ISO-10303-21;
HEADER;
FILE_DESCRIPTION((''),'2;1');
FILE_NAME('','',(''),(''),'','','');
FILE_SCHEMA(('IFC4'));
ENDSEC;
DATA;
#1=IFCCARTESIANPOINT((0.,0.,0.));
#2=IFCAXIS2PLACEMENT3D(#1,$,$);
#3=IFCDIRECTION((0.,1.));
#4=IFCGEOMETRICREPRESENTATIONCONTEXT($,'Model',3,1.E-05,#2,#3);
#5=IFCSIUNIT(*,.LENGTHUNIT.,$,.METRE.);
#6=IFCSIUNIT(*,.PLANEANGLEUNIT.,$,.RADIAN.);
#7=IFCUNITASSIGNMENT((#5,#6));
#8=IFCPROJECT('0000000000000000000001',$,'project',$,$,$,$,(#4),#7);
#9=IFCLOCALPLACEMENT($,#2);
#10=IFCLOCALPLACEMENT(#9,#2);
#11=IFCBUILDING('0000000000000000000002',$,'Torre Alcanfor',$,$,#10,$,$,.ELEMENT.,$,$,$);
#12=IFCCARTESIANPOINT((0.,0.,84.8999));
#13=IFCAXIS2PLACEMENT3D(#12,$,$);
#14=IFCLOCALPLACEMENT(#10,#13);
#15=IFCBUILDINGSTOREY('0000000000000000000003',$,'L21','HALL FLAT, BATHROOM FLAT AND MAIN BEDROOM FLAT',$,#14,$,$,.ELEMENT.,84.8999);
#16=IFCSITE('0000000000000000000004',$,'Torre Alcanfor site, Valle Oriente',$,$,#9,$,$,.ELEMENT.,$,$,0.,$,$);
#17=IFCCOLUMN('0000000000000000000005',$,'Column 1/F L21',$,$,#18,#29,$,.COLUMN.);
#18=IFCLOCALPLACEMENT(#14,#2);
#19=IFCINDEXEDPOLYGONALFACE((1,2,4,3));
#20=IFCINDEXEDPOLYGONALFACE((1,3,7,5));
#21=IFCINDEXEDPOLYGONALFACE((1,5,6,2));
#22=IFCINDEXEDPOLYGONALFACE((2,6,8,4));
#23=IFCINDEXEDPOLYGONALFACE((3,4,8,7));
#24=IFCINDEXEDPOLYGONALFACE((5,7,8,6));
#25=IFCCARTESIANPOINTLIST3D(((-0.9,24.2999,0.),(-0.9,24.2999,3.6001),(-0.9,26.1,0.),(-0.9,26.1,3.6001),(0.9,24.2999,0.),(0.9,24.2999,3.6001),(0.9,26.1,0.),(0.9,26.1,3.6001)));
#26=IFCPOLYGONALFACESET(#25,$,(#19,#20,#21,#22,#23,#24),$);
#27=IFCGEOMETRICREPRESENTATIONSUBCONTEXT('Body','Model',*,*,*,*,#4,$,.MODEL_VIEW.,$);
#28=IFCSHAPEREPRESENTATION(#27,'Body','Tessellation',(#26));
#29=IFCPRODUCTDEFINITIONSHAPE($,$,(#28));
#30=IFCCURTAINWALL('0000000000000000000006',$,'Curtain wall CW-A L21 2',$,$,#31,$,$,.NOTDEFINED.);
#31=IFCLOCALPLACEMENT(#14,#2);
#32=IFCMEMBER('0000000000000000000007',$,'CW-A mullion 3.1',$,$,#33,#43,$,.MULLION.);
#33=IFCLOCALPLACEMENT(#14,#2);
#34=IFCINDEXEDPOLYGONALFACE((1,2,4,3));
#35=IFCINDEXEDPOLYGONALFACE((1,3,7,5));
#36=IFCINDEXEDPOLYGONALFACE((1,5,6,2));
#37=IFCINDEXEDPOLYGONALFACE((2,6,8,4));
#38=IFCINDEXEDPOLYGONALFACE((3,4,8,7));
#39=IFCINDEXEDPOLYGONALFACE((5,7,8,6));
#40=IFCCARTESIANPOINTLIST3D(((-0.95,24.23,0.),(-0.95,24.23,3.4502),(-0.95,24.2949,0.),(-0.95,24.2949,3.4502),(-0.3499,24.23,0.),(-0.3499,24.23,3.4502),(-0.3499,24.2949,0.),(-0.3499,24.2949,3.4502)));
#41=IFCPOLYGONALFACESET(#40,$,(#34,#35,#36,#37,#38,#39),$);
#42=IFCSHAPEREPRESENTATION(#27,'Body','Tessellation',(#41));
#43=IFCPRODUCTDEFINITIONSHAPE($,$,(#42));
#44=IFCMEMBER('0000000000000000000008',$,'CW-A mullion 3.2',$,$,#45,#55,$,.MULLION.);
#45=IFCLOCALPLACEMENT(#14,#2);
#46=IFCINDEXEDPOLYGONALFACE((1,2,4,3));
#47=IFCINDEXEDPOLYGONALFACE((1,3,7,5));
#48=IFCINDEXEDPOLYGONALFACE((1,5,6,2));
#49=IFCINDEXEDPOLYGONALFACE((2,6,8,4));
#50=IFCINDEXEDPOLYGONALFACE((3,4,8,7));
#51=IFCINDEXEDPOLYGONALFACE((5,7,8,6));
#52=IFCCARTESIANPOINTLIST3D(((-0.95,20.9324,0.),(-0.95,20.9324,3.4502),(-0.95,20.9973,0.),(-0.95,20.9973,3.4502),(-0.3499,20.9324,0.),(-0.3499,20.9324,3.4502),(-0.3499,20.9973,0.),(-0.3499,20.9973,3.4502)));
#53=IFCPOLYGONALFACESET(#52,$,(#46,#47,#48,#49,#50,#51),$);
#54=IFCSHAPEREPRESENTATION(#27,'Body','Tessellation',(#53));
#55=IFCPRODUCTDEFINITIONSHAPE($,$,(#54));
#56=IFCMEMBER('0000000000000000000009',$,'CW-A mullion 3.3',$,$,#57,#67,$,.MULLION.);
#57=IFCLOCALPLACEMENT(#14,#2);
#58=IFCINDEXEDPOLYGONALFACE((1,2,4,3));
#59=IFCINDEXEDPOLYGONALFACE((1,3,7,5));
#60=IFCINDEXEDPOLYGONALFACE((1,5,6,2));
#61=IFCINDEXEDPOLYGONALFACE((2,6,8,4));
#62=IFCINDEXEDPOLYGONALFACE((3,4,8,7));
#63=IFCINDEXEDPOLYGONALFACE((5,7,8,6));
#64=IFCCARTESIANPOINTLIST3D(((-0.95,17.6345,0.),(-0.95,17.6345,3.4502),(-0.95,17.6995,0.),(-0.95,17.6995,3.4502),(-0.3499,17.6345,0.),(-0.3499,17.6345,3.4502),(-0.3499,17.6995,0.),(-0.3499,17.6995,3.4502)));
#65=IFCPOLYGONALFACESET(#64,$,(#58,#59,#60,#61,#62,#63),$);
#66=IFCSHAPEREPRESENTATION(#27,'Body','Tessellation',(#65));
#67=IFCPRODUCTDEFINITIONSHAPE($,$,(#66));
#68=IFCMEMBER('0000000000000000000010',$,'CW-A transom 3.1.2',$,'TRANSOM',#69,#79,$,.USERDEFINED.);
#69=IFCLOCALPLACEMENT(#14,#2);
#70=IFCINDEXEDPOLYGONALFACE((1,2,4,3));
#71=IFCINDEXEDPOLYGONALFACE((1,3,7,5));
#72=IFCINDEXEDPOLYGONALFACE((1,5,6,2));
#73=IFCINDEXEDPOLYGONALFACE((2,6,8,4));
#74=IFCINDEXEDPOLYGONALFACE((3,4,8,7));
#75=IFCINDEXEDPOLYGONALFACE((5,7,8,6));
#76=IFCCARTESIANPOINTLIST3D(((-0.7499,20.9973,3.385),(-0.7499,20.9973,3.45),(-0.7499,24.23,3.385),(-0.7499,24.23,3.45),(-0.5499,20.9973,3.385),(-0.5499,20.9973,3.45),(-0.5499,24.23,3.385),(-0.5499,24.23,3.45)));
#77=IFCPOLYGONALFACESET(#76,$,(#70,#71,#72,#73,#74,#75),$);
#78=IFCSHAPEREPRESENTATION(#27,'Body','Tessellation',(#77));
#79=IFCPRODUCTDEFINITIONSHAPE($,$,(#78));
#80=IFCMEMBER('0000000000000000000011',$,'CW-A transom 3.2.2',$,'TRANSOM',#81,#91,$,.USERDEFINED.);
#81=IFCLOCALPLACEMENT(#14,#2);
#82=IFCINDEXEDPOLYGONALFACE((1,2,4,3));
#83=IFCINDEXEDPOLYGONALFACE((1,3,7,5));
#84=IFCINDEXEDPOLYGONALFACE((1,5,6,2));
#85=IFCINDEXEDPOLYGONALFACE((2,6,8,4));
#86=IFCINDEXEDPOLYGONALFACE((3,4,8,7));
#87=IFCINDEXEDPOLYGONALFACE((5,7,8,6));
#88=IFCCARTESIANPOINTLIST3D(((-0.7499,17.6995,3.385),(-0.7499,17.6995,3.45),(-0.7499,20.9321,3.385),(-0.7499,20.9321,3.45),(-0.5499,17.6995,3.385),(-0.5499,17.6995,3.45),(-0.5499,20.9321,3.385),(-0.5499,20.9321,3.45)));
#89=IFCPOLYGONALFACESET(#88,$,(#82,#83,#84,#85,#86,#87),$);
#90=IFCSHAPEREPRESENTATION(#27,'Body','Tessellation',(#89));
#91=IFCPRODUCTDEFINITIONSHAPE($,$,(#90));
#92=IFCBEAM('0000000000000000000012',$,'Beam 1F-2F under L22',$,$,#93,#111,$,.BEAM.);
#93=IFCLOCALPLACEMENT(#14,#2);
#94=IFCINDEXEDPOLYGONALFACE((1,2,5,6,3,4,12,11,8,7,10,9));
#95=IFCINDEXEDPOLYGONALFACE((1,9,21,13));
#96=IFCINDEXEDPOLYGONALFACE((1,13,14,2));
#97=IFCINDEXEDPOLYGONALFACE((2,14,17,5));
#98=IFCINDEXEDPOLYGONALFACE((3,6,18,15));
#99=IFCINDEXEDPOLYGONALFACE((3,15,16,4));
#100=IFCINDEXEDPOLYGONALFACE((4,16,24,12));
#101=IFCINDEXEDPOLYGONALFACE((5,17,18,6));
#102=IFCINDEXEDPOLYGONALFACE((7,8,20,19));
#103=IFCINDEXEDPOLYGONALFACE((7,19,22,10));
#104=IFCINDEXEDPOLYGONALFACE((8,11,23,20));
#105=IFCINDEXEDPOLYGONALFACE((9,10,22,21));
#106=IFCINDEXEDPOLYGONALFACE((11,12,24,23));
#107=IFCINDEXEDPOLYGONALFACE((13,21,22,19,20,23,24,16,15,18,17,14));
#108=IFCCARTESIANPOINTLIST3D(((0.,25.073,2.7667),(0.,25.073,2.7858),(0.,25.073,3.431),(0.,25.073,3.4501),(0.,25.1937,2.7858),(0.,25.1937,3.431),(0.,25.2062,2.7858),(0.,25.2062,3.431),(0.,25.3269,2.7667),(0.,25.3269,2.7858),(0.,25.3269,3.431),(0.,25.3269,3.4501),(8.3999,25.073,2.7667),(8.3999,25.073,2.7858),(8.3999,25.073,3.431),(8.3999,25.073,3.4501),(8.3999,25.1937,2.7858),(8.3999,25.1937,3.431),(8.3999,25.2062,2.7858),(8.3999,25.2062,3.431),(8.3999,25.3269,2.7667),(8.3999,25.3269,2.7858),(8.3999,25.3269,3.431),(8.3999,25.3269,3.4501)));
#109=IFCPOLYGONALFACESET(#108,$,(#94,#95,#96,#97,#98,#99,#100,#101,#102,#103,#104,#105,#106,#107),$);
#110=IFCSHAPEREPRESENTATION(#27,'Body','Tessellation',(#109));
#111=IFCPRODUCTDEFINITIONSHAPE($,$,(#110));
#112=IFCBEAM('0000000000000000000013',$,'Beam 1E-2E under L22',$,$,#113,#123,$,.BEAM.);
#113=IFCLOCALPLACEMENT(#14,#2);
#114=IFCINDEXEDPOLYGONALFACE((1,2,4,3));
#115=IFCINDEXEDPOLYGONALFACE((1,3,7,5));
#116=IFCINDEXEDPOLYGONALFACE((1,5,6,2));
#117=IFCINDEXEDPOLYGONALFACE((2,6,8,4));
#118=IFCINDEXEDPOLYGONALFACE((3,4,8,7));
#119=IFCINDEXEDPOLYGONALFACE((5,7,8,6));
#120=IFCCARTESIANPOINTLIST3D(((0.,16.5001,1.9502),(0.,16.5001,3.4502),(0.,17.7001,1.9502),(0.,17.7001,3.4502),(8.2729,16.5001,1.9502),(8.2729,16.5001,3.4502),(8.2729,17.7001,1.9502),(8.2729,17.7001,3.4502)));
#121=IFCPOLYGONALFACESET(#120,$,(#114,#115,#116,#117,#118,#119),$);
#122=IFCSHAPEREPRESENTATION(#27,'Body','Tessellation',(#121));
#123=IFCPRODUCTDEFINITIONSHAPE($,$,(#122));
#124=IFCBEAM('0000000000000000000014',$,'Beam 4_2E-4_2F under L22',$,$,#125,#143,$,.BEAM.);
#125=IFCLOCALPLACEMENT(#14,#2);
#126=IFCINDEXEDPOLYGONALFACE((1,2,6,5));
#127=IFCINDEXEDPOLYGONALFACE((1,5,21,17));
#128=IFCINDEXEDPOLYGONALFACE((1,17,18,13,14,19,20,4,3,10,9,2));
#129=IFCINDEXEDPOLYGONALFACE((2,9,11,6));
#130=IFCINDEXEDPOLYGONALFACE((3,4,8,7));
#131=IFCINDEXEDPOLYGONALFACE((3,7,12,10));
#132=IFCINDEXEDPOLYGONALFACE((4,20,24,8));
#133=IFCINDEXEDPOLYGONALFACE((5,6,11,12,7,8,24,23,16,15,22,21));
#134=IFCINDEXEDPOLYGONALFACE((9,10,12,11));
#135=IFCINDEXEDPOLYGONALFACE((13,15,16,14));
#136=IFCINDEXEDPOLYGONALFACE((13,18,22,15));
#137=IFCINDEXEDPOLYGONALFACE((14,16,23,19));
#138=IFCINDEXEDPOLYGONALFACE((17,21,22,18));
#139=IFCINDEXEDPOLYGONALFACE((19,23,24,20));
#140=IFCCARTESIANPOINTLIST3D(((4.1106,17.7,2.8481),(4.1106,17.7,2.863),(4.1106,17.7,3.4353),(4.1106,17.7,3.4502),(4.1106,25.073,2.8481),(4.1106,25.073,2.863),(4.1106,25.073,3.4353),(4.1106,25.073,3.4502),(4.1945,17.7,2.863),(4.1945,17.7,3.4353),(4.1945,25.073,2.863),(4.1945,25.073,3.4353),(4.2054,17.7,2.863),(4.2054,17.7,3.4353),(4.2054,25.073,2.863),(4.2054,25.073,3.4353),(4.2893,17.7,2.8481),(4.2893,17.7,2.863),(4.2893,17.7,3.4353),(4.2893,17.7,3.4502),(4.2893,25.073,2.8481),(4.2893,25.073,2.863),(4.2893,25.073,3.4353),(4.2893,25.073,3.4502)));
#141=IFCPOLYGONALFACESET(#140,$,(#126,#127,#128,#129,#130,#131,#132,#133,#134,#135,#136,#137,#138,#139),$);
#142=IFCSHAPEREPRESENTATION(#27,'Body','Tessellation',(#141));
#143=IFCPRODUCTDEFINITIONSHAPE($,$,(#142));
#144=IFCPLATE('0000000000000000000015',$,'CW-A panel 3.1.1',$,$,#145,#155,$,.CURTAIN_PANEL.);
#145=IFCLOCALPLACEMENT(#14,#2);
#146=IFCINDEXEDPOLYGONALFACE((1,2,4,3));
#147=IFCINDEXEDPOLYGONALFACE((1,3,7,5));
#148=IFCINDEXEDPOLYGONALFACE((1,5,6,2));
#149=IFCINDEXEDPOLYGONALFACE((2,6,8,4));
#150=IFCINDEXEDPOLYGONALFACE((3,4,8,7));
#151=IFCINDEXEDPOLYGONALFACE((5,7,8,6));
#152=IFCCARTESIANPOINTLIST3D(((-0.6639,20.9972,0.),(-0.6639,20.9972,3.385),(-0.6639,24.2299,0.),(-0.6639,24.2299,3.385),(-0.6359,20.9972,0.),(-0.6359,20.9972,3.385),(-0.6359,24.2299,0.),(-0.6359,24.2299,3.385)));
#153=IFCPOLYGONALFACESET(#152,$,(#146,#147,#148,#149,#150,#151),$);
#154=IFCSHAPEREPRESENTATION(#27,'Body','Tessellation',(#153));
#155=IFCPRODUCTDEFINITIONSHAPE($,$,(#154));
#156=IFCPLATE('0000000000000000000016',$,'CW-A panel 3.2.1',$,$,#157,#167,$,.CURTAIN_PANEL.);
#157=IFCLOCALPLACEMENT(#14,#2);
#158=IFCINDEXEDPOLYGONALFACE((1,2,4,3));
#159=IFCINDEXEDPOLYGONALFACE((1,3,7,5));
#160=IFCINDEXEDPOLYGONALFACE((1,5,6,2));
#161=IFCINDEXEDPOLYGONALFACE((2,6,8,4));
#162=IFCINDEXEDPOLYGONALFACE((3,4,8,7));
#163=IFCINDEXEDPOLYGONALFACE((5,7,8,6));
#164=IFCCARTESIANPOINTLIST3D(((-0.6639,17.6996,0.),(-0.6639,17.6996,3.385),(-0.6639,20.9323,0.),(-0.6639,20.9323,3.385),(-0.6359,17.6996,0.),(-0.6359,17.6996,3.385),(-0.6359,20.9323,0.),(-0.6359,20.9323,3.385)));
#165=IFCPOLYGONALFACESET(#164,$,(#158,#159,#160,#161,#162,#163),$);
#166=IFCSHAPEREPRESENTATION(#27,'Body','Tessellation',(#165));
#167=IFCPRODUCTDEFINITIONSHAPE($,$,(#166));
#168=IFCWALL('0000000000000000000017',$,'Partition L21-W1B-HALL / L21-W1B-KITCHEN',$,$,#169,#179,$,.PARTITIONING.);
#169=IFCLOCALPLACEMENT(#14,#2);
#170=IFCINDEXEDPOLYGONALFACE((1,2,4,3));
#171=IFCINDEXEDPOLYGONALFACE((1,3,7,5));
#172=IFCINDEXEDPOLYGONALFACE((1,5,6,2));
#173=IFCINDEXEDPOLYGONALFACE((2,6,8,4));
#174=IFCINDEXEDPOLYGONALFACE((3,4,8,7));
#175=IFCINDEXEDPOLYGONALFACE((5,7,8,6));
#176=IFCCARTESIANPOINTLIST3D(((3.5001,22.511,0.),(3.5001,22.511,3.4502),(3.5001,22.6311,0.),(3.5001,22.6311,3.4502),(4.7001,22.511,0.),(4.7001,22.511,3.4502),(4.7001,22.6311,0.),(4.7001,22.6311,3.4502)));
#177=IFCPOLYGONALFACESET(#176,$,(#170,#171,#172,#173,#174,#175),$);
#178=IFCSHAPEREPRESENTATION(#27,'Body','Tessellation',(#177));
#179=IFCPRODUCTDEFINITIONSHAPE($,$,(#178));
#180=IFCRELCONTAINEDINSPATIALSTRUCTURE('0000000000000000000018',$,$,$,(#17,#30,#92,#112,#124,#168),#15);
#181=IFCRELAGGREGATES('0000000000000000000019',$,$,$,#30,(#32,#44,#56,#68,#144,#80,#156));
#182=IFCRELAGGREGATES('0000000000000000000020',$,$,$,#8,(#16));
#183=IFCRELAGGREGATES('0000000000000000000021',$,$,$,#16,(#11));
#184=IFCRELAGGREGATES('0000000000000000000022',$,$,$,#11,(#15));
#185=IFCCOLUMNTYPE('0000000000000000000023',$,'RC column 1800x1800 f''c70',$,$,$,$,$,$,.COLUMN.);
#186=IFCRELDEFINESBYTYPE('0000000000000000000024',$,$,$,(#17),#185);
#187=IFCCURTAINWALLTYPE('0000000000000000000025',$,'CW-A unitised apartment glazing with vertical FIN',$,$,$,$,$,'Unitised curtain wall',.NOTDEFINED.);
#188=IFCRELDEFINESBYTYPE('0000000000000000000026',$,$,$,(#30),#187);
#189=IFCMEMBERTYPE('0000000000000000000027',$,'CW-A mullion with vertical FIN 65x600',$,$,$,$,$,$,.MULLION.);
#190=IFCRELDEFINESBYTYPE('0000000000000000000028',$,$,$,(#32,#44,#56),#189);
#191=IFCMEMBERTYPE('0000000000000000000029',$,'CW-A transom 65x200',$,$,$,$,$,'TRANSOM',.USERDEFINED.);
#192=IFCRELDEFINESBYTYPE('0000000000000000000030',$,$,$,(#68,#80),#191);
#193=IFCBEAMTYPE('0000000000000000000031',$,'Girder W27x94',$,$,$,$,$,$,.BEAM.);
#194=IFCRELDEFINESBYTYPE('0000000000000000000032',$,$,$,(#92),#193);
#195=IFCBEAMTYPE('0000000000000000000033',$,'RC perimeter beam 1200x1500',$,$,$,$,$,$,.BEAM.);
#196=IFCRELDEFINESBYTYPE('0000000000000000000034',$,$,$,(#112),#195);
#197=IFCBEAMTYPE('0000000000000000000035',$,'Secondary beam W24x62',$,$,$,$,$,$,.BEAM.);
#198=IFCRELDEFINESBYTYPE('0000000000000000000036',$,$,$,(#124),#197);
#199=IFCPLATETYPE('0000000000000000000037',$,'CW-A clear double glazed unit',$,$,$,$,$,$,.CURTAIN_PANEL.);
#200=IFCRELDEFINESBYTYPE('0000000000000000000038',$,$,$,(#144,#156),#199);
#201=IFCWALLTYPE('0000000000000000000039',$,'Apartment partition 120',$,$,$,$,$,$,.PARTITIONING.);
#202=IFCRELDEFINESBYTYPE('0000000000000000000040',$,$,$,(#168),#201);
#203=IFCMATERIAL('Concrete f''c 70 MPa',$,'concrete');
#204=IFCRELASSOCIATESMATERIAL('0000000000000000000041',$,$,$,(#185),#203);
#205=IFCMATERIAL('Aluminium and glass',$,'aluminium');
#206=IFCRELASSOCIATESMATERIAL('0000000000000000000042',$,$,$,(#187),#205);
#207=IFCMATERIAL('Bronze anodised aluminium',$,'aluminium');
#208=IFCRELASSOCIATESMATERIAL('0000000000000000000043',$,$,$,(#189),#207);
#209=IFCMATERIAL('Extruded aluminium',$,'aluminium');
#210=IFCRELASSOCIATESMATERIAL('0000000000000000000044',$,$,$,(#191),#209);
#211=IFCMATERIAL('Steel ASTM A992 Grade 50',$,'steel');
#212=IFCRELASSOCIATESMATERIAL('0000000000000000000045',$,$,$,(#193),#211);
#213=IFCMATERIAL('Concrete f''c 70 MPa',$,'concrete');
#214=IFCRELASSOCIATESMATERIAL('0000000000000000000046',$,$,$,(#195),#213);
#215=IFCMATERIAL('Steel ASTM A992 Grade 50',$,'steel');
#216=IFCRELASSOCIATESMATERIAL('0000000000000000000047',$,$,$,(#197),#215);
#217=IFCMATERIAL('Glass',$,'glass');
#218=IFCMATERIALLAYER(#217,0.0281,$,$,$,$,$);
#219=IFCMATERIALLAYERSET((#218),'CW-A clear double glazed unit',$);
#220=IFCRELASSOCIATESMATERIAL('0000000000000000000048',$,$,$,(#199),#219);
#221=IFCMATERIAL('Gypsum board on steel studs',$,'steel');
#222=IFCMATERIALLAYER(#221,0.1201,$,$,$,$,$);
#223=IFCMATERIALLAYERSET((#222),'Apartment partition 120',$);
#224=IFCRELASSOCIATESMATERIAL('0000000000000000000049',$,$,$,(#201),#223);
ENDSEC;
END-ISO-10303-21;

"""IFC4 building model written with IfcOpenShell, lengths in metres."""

from ifc_helpers import new_model, si_unit, direction, frame, frame_2d, origin, origin_2d, place, context, subcontext, project, spatial, rectangle, i_section, extrude, material, layer, layer_set, material_profile, profile_set, type_object, element, aggregate, save


model = new_model("IFC4")

# Units and contexts
model_context = context("Model", 3, precision=1e-05, world=origin(), true_north=direction((0.0, 1.0)))
body_context = subcontext(model_context, "Body", "Model", "MODEL_VIEW")
ifc_project = project(units=[si_unit("LENGTHUNIT", "METRE"), si_unit("PLANEANGLEUNIT", "RADIAN")], contexts=[model_context])

# Site, building, storey
site_placement = place(None, origin())
site = spatial("IfcSite", under=ifc_project, at=site_placement, Name="Torre Alcanfor site, Valle Oriente", CompositionType="ELEMENT", RefElevation=0.0)
building_placement = place(site_placement, origin())
building = spatial("IfcBuilding", under=site, at=building_placement, Name="Torre Alcanfor", CompositionType="ELEMENT")
storey_placement = place(building_placement, frame((0.0, 0.0, 84.8999)))
storey = spatial("IfcBuildingStorey", under=building, at=storey_placement, Name="L21", Description="HALL FLAT, BATHROOM FLAT AND MAIN BEDROOM FLAT", CompositionType="ELEMENT", Elevation=84.8999)

# Column
ifc_material_1 = material(Name="Concrete f'c 70 MPa", Category="concrete")
ifc_material_profile_1 = material_profile(ifc_material_1, rectangle(XDim=1.8, YDim=1.8, at=origin_2d()), Name="1800x1800")
ifc_profile_set_1 = profile_set([ifc_material_profile_1], Name="Concrete f'c 70 MPa")
column_type = type_object("IfcColumnType", Name="RC column 1800x1800 f'c70", PredefinedType="COLUMN", material=ifc_profile_set_1)
column_placement = place(storey_placement, frame((0.0, 25.2, 0.0), z_axis=(0.0, 0.0, 1.0), x_axis=(1.0, 0.0, 0.0)))
element("IfcColumn", 1, at=column_placement, inside=storey, type_object=column_type, Name="Column 1/F L21", PredefinedType="COLUMN", context=body_context, shape_type="SweptSolid", body=[
    extrude(rectangle(XDim=1.8, YDim=1.8, at=origin_2d()), origin(), (0.0, 0.0, 1.0), 3.6001),
])

# Curtain wall, members
ifc_material_2 = material(Name="Aluminium and glass", Category="aluminium")
curtain_wall_type = type_object("IfcCurtainWallType", Name="CW-A unitised apartment glazing with vertical FIN", ElementType="Unitised curtain wall", PredefinedType="NOTDEFINED", material=ifc_material_2)
curtain_wall_placement = place(storey_placement, origin())
curtain_wall = element("IfcCurtainWall", 2, at=curtain_wall_placement, inside=storey, type_object=curtain_wall_type, Name="Curtain wall CW-A L21 2", PredefinedType="NOTDEFINED")
ifc_material_3 = material(Name="Bronze anodised aluminium", Category="aluminium")
ifc_material_profile_2 = material_profile(ifc_material_3, rectangle(XDim=0.6001, YDim=0.0649, at=origin_2d()), Name="CW-A mullion 65x600")
ifc_profile_set_2 = profile_set([ifc_material_profile_2], Name="Bronze anodised aluminium")
member_type_1 = type_object("IfcMemberType", Name="CW-A mullion with vertical FIN 65x600", PredefinedType="MULLION", material=ifc_profile_set_2)
member_1_placement = place(storey_placement, frame((-0.6499, 24.2625, 0.0), z_axis=(0.0, 0.0, 1.0), x_axis=(1.0, 0.0, 0.0)))
member_1 = element("IfcMember", 3, at=member_1_placement, type_object=member_type_1, Name="CW-A mullion 3.1", PredefinedType="MULLION", context=body_context, shape_type="SweptSolid", body=[
    extrude(rectangle(XDim=0.6001, YDim=0.0649, at=origin_2d()), origin(), (0.0, 0.0, 1.0), 3.4502),
])
member_2_placement = place(storey_placement, frame((-0.6499, 20.9648, 0.0), z_axis=(0.0, 0.0, 1.0), x_axis=(1.0, 0.0, 0.0)))
member_2 = element("IfcMember", 4, at=member_2_placement, type_object=member_type_1, Name="CW-A mullion 3.2", PredefinedType="MULLION", context=body_context, shape_type="SweptSolid", body=[
    extrude(rectangle(XDim=0.6001, YDim=0.0649, at=origin_2d()), origin(), (0.0, 0.0, 1.0), 3.4502),
])
member_3_placement = place(storey_placement, frame((-0.6499, 17.667, 0.0), z_axis=(0.0, 0.0, 1.0), x_axis=(1.0, 0.0, 0.0)))
member_3 = element("IfcMember", 5, at=member_3_placement, type_object=member_type_1, Name="CW-A mullion 3.3", PredefinedType="MULLION", context=body_context, shape_type="SweptSolid", body=[
    extrude(rectangle(XDim=0.6001, YDim=0.0649, at=origin_2d()), origin(), (0.0, 0.0, 1.0), 3.4502),
])
ifc_material_4 = material(Name="Extruded aluminium", Category="aluminium")
ifc_material_profile_3 = material_profile(ifc_material_4, rectangle(XDim=0.2, YDim=0.0649, at=origin_2d()), Name="CW-A transom 200x65")
ifc_profile_set_3 = profile_set([ifc_material_profile_3], Name="Extruded aluminium")
member_type_2 = type_object("IfcMemberType", Name="CW-A transom 65x200", ElementType="TRANSOM", PredefinedType="USERDEFINED", material=ifc_profile_set_3)
member_4_placement = place(storey_placement, frame((-0.6499, 24.23, 3.4175), z_axis=(0.0, -1.0, 0.0), x_axis=(1.0, 0.0, 0.0)))
member_4 = element("IfcMember", 6, at=member_4_placement, type_object=member_type_2, Name="CW-A transom 3.1.2", ObjectType="TRANSOM", PredefinedType="USERDEFINED", context=body_context, shape_type="SweptSolid", body=[
    extrude(rectangle(XDim=0.2, YDim=0.0649, at=origin_2d()), origin(), (0.0, 0.0, 1.0), 3.2327),
])
member_5_placement = place(storey_placement, frame((-0.6499, 20.9321, 3.4175), z_axis=(0.0, -1.0, 0.0), x_axis=(1.0, 0.0, 0.0)))
member_5 = element("IfcMember", 7, at=member_5_placement, type_object=member_type_2, Name="CW-A transom 3.2.2", ObjectType="TRANSOM", PredefinedType="USERDEFINED", context=body_context, shape_type="SweptSolid", body=[
    extrude(rectangle(XDim=0.2, YDim=0.0649, at=origin_2d()), origin(), (0.0, 0.0, 1.0), 3.2327),
])

# Beams
ifc_material_5 = material(Name="Steel ASTM A992 Grade 50", Category="steel")
ifc_material_profile_4 = material_profile(ifc_material_5, i_section(OverallWidth=0.2539, OverallDepth=0.6833, WebThickness=0.0125, FlangeThickness=0.019, at=origin_2d()), Name="W27x94")
ifc_profile_set_4 = profile_set([ifc_material_profile_4], Name="Steel ASTM A992 Grade 50")
beam_type_1 = type_object("IfcBeamType", Name="Girder W27x94", PredefinedType="BEAM", material=ifc_profile_set_4)
beam_1_placement = place(storey_placement, frame((0.0, 25.2, 3.1084), z_axis=(1.0, 0.0, 0.0), x_axis=(0.0, 1.0, 0.0)))
element("IfcBeam", 8, at=beam_1_placement, inside=storey, type_object=beam_type_1, Name="Beam 1F-2F under L22", PredefinedType="BEAM", context=body_context, shape_type="SweptSolid", body=[
    extrude(i_section(OverallWidth=0.2539, OverallDepth=0.6833, WebThickness=0.0125, FlangeThickness=0.019, at=origin_2d()), origin(), (0.0, 0.0, 1.0), 8.3999),
])
ifc_material_6 = material(Name="Concrete f'c 70 MPa", Category="concrete")
ifc_material_profile_5 = material_profile(ifc_material_6, rectangle(XDim=1.2, YDim=1.5, at=origin_2d()), Name="1200x1500")
ifc_profile_set_5 = profile_set([ifc_material_profile_5], Name="Concrete f'c 70 MPa")
beam_type_2 = type_object("IfcBeamType", Name="RC perimeter beam 1200x1500", PredefinedType="BEAM", material=ifc_profile_set_5)
beam_2_placement = place(storey_placement, frame((0.0, 17.1001, 2.7002), z_axis=(1.0, 0.0, 0.0), x_axis=(0.0, 1.0, 0.0)))
element("IfcBeam", 9, at=beam_2_placement, inside=storey, type_object=beam_type_2, Name="Beam 1E-2E under L22", PredefinedType="BEAM", context=body_context, shape_type="SweptSolid", body=[
    extrude(rectangle(XDim=1.2, YDim=1.5, at=origin_2d()), origin(), (0.0, 0.0, 1.0), 8.2729),
])
ifc_material_7 = material(Name="Steel ASTM A992 Grade 50", Category="steel")
ifc_material_profile_6 = material_profile(ifc_material_7, i_section(OverallWidth=0.1787, OverallDepth=0.6021, WebThickness=0.011, FlangeThickness=0.0149, at=origin_2d()), Name="W24x62")
ifc_profile_set_6 = profile_set([ifc_material_profile_6], Name="Steel ASTM A992 Grade 50")
beam_type_3 = type_object("IfcBeamType", Name="Secondary beam W24x62", PredefinedType="BEAM", material=ifc_profile_set_6)
beam_3_placement = place(storey_placement, frame((4.2, 17.7, 3.1492), z_axis=(0.0, 1.0, 0.0), x_axis=(-1.0, 0.0, 0.0)))
element("IfcBeam", 10, at=beam_3_placement, inside=storey, type_object=beam_type_3, Name="Beam 4_2E-4_2F under L22", PredefinedType="BEAM", context=body_context, shape_type="SweptSolid", body=[
    extrude(i_section(OverallWidth=0.1787, OverallDepth=0.6021, WebThickness=0.011, FlangeThickness=0.0149, at=origin_2d()), origin(), (0.0, 0.0, 1.0), 7.373),
])

# Plates
ifc_material_8 = material(Name="Glass", Category="glass")
ifc_layer_1 = layer(ifc_material_8, 0.0281)
ifc_layer_set_1 = layer_set([ifc_layer_1], Name="CW-A clear double glazed unit")
plate_type = type_object("IfcPlateType", Name="CW-A clear double glazed unit", PredefinedType="CURTAIN_PANEL", material=ifc_layer_set_1)
plate_1_placement = place(storey_placement, frame((-0.6499, 22.6135, 0.0), z_axis=(0.0, 0.0, 1.0), x_axis=(0.0, -1.0, 0.0)))
plate_1 = element("IfcPlate", 11, at=plate_1_placement, type_object=plate_type, Name="CW-A panel 3.1.1", PredefinedType="CURTAIN_PANEL", context=body_context, shape_type="SweptSolid", body=[
    extrude(rectangle(XDim=3.2327, YDim=0.0281, at=origin_2d()), origin(), (0.0, 0.0, 1.0), 3.385),
])
plate_2_placement = place(storey_placement, frame((-0.6499, 19.3159, 0.0), z_axis=(0.0, 0.0, 1.0), x_axis=(0.0, -1.0, 0.0)))
plate_2 = element("IfcPlate", 12, at=plate_2_placement, type_object=plate_type, Name="CW-A panel 3.2.1", PredefinedType="CURTAIN_PANEL", context=body_context, shape_type="SweptSolid", body=[
    extrude(rectangle(XDim=3.2327, YDim=0.0281, at=origin_2d()), origin(), (0.0, 0.0, 1.0), 3.385),
])
aggregate(curtain_wall, [member_1, member_2, member_3, member_4, plate_1, member_5, plate_2])

# Wall
ifc_material_9 = material(Name="Gypsum board on steel studs", Category="steel")
ifc_layer_2 = layer(ifc_material_9, 0.1201)
ifc_layer_set_2 = layer_set([ifc_layer_2], Name="Apartment partition 120")
wall_type_1 = type_object("IfcWallType", Name="Apartment partition 120", PredefinedType="PARTITIONING", material=ifc_layer_set_2)
wall_1_placement = place(storey_placement, frame((3.5, 22.571, 0.0), z_axis=(0.0, 0.0, 1.0), x_axis=(1.0, 0.0, 0.0)))
element("IfcWall", 13, at=wall_1_placement, inside=storey, type_object=wall_type_1, Name="Partition L21-W1B-HALL / L21-W1B-KITCHEN", PredefinedType="PARTITIONING", context=body_context, shape_type="SweptSolid", body=[
    extrude(rectangle(XDim=1.2, YDim=0.1201, at=frame_2d((0.6001, 0.0))), origin(), (0.0, 0.0, 1.0), 3.4502),
])

save(model, "model.ifc")
